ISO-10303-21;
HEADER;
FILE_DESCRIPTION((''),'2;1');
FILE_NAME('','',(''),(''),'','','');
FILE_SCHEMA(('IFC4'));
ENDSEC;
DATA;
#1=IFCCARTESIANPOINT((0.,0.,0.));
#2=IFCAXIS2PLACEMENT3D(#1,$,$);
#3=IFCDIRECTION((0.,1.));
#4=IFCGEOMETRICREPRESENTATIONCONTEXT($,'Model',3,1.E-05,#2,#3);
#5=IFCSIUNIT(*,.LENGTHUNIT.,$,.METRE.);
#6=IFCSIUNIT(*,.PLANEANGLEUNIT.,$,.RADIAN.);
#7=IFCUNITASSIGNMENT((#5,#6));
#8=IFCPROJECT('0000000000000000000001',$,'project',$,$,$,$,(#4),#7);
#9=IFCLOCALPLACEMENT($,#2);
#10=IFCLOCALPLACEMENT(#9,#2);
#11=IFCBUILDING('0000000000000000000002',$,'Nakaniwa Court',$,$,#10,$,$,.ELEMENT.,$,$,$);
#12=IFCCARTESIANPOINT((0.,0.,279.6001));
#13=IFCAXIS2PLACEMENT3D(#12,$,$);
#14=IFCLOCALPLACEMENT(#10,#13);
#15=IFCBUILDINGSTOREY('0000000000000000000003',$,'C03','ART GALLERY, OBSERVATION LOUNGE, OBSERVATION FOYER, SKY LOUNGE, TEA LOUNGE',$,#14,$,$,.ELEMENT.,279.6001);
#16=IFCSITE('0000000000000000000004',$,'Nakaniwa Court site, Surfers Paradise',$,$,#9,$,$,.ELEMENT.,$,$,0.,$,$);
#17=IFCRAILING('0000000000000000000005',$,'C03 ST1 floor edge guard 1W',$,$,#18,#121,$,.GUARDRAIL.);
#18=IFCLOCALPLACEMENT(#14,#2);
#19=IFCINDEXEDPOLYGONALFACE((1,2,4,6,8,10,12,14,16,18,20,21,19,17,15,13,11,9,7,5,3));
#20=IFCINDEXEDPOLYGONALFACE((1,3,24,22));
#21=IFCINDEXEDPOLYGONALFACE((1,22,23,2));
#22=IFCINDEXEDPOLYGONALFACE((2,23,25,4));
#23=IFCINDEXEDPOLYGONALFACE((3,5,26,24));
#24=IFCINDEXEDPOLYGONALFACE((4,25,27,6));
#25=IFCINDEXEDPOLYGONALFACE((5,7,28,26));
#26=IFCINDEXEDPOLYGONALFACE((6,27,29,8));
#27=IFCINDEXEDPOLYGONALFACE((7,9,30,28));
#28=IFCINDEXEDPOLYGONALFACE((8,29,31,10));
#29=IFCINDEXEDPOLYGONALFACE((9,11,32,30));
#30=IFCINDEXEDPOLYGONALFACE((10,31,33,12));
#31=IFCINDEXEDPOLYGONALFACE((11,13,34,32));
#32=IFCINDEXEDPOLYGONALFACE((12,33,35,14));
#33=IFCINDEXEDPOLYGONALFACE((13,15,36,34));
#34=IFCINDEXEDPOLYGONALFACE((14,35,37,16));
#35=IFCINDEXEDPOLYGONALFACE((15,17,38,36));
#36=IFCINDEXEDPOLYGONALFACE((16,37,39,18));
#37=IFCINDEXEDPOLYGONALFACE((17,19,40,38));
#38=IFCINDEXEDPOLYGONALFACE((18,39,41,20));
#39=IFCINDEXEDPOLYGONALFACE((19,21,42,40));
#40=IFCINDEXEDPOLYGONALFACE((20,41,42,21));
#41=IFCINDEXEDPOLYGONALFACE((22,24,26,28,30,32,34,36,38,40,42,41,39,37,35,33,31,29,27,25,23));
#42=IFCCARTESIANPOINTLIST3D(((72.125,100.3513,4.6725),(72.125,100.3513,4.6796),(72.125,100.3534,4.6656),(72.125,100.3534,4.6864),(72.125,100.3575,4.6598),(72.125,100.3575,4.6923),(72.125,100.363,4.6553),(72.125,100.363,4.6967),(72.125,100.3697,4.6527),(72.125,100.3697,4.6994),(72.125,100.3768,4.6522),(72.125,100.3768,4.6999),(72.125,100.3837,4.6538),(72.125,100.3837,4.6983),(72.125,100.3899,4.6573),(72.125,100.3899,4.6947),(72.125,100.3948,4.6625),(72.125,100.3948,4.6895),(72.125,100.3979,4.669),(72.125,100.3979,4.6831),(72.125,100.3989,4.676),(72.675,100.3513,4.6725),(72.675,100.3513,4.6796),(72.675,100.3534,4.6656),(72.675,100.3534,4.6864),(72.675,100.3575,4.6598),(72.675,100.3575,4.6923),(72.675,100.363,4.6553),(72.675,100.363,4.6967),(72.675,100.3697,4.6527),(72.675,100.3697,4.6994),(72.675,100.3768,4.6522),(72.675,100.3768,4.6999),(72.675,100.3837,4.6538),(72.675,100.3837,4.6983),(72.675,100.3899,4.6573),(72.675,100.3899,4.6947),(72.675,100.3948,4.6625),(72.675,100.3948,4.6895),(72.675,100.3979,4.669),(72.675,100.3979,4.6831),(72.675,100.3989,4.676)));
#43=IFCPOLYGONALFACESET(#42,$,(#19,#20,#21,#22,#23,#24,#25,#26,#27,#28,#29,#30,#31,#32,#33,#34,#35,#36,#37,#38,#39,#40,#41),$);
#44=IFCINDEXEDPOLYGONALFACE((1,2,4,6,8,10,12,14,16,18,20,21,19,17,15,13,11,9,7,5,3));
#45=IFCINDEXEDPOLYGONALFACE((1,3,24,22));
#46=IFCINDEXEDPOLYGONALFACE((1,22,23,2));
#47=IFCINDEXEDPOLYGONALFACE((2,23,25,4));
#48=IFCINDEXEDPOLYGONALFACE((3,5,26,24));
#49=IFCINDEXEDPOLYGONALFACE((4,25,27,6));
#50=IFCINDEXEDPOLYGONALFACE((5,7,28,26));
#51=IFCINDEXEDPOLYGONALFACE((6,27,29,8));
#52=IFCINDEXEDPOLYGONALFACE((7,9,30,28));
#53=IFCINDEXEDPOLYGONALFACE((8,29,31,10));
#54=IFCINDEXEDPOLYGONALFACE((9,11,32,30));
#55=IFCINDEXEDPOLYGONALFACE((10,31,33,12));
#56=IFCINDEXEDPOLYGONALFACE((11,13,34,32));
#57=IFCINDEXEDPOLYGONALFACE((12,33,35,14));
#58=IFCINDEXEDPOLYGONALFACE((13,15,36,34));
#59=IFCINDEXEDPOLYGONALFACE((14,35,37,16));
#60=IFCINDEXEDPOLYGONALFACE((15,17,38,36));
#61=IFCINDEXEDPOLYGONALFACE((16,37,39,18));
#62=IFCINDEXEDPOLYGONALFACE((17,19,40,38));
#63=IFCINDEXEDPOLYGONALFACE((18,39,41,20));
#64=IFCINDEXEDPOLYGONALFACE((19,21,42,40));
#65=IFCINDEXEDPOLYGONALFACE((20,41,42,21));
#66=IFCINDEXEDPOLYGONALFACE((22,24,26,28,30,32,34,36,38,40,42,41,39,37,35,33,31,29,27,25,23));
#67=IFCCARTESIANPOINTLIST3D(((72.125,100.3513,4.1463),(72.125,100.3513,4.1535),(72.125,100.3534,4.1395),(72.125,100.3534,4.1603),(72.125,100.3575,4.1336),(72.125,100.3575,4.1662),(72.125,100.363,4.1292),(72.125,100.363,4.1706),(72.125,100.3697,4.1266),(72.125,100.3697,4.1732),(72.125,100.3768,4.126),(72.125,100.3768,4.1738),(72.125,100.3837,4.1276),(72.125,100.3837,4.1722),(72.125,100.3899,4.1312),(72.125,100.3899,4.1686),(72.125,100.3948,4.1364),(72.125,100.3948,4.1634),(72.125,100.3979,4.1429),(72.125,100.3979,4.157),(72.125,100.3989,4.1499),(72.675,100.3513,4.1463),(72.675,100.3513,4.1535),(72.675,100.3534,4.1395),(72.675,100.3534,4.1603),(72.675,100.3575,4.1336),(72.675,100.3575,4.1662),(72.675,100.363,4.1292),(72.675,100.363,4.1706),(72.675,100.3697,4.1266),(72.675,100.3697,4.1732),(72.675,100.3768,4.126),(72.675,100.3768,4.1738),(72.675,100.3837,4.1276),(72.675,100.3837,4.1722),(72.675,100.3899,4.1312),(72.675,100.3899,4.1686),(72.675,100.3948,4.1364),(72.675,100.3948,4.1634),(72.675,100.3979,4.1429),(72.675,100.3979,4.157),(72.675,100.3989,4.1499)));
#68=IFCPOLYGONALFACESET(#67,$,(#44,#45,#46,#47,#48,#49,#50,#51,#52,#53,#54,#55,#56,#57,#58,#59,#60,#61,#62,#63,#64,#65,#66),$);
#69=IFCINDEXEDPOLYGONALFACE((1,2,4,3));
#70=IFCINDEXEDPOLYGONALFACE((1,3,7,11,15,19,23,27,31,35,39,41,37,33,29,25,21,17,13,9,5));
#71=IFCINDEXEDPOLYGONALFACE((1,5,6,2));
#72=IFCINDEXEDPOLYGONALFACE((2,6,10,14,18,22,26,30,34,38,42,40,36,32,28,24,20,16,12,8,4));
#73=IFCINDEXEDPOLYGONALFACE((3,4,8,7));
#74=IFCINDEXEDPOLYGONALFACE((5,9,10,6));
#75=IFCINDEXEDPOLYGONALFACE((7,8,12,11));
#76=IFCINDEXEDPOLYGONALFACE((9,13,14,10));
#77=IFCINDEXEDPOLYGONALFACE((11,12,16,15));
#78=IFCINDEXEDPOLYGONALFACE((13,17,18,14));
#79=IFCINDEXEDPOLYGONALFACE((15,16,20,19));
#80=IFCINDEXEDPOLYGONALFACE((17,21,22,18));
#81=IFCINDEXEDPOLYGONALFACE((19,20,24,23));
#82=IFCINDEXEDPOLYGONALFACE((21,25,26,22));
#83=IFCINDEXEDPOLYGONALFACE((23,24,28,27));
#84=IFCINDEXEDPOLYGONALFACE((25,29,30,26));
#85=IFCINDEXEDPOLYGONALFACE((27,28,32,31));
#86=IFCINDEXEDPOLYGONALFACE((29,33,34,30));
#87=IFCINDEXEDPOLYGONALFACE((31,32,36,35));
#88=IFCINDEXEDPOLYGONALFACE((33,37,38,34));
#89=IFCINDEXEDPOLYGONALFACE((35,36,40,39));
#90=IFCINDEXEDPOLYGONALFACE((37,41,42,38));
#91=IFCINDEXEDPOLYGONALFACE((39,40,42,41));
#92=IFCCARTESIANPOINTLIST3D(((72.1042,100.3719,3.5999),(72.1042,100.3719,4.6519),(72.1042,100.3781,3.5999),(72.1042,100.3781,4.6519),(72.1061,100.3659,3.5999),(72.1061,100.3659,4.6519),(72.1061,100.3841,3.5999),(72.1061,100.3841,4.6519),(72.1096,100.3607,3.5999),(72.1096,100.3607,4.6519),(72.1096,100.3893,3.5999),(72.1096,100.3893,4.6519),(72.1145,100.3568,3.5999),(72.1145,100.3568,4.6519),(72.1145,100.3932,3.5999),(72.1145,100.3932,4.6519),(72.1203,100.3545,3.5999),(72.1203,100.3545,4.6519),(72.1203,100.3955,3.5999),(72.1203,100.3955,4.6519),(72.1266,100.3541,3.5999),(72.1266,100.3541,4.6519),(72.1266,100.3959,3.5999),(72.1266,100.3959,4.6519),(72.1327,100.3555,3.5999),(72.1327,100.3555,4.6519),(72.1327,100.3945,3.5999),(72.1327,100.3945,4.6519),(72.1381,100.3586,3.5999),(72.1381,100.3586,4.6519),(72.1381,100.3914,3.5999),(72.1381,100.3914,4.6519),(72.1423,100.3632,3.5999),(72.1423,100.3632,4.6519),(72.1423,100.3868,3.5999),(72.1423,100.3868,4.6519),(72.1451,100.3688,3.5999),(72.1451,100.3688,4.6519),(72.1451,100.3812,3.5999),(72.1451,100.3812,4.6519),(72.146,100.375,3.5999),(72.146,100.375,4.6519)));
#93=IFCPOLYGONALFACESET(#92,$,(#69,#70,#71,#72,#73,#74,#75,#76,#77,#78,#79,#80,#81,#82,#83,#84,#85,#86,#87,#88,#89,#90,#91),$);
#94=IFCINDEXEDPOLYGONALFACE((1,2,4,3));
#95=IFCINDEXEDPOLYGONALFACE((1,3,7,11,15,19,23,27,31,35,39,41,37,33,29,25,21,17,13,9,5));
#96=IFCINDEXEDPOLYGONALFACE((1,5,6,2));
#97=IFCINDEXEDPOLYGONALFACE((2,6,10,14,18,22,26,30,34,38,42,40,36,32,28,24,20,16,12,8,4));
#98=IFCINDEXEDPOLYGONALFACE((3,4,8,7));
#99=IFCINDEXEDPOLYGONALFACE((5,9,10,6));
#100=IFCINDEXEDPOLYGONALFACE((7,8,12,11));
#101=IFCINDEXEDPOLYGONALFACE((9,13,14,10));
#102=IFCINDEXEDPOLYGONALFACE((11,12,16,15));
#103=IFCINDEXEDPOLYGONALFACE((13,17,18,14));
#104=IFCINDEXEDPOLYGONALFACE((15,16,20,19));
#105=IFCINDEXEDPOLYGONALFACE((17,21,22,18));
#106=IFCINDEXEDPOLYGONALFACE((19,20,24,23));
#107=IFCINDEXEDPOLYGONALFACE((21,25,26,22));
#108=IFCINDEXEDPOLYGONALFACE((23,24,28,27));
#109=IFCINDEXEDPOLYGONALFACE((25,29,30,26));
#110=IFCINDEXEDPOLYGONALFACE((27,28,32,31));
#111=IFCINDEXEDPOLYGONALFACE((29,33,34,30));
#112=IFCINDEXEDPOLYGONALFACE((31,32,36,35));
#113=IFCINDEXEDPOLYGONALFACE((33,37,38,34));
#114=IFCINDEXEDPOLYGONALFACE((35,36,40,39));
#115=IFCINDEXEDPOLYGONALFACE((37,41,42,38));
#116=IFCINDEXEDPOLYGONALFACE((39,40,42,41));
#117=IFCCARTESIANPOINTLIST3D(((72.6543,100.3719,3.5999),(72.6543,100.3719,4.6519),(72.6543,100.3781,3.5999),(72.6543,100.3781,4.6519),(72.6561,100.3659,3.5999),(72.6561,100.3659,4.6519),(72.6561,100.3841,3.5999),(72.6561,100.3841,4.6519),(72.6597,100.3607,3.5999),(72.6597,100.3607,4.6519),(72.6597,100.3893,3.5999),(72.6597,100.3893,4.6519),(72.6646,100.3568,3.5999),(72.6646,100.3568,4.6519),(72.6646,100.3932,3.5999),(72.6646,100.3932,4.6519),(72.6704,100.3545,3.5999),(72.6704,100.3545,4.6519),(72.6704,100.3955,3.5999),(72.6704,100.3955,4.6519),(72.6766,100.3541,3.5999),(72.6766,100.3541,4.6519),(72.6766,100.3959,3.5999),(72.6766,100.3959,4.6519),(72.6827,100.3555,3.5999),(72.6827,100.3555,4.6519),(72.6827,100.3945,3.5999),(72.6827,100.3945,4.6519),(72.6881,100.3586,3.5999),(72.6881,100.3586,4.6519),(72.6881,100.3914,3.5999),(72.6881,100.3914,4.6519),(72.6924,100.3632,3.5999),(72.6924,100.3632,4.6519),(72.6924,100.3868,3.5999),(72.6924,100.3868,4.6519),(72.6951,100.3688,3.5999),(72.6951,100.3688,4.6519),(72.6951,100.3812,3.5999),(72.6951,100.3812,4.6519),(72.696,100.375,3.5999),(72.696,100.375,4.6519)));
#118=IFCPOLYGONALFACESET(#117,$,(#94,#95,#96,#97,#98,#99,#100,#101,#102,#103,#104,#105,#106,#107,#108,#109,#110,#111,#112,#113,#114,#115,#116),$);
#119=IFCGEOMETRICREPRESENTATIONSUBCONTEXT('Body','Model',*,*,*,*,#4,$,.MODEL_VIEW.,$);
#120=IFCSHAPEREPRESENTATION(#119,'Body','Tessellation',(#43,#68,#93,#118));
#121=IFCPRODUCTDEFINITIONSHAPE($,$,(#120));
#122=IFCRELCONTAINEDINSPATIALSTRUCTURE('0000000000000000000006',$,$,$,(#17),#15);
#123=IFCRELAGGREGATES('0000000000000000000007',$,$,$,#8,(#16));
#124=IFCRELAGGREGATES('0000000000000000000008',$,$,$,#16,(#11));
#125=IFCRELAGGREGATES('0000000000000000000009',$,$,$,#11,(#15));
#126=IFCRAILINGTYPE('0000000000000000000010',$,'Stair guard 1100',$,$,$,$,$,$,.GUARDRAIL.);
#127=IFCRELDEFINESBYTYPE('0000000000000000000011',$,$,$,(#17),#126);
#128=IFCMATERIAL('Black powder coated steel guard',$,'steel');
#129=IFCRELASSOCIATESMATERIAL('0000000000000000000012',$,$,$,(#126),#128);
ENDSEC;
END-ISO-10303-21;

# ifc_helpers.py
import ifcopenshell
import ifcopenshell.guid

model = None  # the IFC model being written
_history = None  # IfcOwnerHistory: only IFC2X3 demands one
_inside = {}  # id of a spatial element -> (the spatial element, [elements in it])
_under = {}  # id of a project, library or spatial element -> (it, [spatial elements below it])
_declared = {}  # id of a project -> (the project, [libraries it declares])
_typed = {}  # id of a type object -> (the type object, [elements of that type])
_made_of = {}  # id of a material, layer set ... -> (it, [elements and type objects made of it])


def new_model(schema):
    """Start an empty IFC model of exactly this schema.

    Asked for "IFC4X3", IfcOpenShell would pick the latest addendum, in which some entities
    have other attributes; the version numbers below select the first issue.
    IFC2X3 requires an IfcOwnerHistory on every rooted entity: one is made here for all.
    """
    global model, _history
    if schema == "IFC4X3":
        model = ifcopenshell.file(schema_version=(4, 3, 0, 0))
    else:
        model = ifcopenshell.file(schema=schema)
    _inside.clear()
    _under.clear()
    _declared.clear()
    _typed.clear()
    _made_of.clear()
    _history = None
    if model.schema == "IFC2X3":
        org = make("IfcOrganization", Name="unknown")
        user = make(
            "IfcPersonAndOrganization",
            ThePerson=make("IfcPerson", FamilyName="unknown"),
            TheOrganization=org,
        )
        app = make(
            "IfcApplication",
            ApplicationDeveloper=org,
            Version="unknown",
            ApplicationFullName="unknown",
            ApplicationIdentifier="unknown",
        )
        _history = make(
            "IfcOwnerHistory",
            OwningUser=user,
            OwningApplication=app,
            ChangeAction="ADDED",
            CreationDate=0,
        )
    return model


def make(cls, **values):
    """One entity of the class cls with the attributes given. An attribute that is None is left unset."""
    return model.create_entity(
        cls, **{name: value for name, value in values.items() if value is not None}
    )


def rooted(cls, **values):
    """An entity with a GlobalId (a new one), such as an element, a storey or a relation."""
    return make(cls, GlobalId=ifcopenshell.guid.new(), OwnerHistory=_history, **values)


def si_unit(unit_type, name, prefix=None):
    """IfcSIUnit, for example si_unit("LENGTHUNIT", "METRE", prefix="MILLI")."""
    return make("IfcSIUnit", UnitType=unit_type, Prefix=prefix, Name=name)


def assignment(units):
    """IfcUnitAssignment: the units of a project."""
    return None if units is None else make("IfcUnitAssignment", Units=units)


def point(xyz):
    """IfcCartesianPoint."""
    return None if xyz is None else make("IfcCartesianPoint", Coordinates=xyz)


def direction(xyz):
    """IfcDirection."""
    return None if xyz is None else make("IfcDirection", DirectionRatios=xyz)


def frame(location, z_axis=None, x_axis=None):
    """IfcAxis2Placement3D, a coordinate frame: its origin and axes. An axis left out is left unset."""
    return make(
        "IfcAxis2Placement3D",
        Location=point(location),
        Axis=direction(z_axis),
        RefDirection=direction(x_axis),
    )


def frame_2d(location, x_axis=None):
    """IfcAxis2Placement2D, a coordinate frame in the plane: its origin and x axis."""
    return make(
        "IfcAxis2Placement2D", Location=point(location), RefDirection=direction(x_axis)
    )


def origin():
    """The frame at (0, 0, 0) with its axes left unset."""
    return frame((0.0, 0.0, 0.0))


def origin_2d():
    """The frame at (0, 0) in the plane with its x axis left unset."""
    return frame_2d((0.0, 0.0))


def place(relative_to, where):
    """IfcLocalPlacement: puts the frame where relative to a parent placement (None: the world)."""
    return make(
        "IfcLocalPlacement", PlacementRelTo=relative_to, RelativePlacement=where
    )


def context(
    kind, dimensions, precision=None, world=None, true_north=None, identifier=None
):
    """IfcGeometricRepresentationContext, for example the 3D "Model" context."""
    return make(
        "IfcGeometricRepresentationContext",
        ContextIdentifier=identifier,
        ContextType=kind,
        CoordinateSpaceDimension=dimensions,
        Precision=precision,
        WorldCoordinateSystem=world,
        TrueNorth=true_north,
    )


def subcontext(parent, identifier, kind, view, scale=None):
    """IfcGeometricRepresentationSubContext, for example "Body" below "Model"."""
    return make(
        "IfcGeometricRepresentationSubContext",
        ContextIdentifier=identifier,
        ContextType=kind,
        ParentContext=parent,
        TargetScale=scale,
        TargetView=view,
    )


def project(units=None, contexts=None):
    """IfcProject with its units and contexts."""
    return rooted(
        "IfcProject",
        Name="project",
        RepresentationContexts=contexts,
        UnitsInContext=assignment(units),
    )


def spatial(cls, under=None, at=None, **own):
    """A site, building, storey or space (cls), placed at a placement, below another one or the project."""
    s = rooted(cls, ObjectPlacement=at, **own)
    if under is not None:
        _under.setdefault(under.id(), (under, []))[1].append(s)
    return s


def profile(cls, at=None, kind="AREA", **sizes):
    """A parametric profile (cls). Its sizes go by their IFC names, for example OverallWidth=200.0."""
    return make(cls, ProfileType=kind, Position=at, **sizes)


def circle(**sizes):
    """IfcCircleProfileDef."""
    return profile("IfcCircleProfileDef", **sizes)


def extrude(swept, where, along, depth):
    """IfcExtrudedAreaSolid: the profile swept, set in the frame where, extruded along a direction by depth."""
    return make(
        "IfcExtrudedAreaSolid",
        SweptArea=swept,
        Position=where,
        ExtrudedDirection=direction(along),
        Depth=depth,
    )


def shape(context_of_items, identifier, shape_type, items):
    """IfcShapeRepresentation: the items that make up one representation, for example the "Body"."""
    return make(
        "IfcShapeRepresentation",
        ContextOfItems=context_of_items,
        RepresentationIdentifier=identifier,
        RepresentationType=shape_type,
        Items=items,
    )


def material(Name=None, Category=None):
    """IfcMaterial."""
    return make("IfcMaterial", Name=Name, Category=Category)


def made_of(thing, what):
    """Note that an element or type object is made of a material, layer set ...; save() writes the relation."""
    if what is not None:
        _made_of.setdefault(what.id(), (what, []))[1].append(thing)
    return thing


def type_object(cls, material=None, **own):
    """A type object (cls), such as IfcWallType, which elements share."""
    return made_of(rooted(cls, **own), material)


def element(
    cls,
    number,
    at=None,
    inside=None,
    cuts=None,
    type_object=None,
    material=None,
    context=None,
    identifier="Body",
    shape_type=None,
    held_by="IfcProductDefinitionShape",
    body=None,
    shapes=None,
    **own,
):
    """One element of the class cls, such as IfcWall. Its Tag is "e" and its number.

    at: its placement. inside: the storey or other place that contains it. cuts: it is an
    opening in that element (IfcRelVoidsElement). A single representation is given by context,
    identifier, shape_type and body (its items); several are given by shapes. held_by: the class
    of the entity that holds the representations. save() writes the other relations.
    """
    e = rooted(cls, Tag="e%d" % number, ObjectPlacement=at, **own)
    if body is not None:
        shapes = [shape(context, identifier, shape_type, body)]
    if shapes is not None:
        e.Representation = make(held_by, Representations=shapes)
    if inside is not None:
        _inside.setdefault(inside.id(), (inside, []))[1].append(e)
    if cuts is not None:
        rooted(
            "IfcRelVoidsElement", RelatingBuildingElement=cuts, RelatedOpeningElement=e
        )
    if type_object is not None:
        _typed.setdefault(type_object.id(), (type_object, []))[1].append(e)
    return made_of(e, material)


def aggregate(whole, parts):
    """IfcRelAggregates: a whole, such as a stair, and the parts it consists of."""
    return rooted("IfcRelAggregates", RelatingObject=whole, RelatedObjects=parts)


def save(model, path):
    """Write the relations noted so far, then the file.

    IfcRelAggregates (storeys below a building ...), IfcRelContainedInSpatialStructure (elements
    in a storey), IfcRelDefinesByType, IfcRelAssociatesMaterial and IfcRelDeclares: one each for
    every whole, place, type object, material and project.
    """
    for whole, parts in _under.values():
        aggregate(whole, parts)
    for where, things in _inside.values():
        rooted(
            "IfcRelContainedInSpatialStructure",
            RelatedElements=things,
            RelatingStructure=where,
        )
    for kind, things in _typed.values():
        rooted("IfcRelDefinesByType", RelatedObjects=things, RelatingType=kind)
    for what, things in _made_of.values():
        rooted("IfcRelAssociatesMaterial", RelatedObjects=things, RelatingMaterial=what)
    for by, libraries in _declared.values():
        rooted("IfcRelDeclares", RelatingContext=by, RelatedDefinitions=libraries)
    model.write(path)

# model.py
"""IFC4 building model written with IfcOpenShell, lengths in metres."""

from ifc_helpers import new_model, si_unit, direction, frame, origin, origin_2d, place, context, subcontext, project, spatial, circle, extrude, material, type_object, element, save


model = new_model("IFC4")

# Units and contexts
model_context = context("Model", 3, precision=1e-05, world=origin(), true_north=direction((0.0, 1.0)))
body_context = subcontext(model_context, "Body", "Model", "MODEL_VIEW")
ifc_project = project(units=[si_unit("LENGTHUNIT", "METRE"), si_unit("PLANEANGLEUNIT", "RADIAN")], contexts=[model_context])

# Site, building, storey
site_placement = place(None, origin())
site = spatial("IfcSite", under=ifc_project, at=site_placement, Name="Nakaniwa Court site, Surfers Paradise", CompositionType="ELEMENT", RefElevation=0.0)
building_placement = place(site_placement, origin())
building = spatial("IfcBuilding", under=site, at=building_placement, Name="Nakaniwa Court", CompositionType="ELEMENT")
storey_placement = place(building_placement, frame((0.0, 0.0, 279.6001)))
storey = spatial("IfcBuildingStorey", under=building, at=storey_placement, Name="C03", Description="ART GALLERY, OBSERVATION LOUNGE, OBSERVATION FOYER, SKY LOUNGE, TEA LOUNGE", CompositionType="ELEMENT", Elevation=279.6001)

# Railing
ifc_material_1 = material(Name="Black powder coated steel guard", Category="steel")
railing_type_1 = type_object("IfcRailingType", Name="Stair guard 1100", PredefinedType="GUARDRAIL", material=ifc_material_1)
for number, where, name in (
    (1, (72.125, 100.375, 3.5999), "C03 ST1 floor edge guard 1W"),
):
    element("IfcRailing", number, at=place(storey_placement, frame(where)), inside=storey, type_object=railing_type_1, Name=name, PredefinedType="GUARDRAIL", context=body_context, shape_type="SweptSolid", body=[
        extrude(circle(Radius=0.0239, at=origin_2d()), frame((0.0, 0.0, 1.0762), z_axis=(1.0, 0.0, 0.0), x_axis=(0.0, 1.0, 0.0)), (0.0, 0.0, 1.0), 0.55),
        extrude(circle(Radius=0.0239, at=origin_2d()), frame((0.0, 0.0, 0.55), z_axis=(1.0, 0.0, 0.0), x_axis=(0.0, 1.0, 0.0)), (0.0, 0.0, 1.0), 0.55),
        extrude(circle(Radius=0.021, at=origin_2d()), origin(), (0.0, 0.0, 1.0), 1.052),
        extrude(circle(Radius=0.021, at=origin_2d()), frame((0.55, 0.0, 0.0)), (0.0, 0.0, 1.0), 1.052),
    ])

save(model, "model.ifc")
